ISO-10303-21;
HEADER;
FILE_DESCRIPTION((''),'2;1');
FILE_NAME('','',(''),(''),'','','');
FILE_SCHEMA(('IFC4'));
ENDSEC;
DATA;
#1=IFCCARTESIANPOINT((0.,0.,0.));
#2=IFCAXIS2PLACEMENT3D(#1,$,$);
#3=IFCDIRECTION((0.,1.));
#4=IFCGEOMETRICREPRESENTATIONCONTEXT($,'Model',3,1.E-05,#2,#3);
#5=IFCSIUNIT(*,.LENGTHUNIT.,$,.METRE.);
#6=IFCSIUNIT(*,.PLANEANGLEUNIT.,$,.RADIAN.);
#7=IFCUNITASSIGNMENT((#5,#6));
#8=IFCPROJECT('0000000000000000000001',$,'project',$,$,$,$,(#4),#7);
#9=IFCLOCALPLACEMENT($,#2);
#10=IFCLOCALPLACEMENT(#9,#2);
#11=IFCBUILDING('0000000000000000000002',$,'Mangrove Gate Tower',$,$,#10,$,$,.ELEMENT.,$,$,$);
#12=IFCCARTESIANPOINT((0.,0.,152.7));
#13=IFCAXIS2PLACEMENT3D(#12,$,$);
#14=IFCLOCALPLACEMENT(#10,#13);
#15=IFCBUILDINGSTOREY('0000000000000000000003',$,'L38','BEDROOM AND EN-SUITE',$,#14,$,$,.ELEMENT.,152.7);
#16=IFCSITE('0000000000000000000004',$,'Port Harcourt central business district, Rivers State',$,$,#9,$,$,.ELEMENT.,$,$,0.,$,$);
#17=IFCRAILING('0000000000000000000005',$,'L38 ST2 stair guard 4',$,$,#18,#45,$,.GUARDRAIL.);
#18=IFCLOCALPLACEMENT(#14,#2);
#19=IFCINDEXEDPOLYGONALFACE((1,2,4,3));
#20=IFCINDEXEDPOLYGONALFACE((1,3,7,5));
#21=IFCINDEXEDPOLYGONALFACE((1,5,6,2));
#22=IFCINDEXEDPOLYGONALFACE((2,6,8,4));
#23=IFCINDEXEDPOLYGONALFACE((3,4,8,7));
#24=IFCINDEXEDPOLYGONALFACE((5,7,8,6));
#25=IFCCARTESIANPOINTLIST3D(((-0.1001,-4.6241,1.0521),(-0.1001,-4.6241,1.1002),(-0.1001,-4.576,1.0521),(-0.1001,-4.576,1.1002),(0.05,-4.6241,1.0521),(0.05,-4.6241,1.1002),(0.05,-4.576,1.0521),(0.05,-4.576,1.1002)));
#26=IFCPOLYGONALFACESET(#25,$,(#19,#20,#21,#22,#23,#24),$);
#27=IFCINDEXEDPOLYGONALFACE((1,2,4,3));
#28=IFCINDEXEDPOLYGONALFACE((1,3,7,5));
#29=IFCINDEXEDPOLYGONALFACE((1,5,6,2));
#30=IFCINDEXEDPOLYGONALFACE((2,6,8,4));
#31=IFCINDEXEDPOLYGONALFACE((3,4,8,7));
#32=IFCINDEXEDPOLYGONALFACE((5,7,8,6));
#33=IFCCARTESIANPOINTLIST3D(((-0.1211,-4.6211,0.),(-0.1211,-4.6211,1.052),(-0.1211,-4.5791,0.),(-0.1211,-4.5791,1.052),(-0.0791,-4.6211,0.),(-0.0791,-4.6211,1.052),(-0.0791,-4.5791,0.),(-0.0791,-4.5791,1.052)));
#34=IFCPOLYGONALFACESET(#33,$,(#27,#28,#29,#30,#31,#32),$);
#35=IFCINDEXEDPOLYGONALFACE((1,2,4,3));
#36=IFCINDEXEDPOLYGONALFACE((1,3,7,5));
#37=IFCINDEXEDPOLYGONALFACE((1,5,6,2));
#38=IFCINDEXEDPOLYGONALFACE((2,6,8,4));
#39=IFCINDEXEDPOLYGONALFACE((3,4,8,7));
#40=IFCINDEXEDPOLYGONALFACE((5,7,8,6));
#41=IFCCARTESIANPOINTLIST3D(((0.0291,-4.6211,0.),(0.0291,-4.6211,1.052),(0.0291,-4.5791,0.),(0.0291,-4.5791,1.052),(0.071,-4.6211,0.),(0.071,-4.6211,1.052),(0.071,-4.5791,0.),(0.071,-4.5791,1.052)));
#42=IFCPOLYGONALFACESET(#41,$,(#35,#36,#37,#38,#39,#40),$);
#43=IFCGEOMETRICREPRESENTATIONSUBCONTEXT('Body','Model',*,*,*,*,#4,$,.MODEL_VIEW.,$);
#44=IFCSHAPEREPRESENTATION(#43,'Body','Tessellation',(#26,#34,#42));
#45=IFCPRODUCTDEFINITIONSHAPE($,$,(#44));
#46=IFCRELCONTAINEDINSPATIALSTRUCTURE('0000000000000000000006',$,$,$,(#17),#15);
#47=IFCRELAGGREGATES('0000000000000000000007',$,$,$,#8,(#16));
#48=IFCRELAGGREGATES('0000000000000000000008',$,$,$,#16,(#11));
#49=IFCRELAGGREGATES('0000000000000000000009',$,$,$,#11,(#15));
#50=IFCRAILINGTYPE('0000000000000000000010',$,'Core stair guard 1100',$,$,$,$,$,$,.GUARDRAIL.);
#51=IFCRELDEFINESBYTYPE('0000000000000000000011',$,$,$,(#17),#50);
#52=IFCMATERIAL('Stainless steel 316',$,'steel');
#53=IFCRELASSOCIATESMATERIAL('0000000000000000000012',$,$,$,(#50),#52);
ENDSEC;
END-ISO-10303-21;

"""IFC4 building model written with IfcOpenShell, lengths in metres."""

from ifc_helpers import new_model, si_unit, direction, frame, origin, origin_2d, place, context, subcontext, project, spatial, rectangle, extrude, material, type_object, element, save


model = new_model("IFC4")

# Units and contexts
model_context = context("Model", 3, precision=1e-05, world=origin(), true_north=direction((0.0, 1.0)))
body_context = subcontext(model_context, "Body", "Model", "MODEL_VIEW")
ifc_project = project(units=[si_unit("LENGTHUNIT", "METRE"), si_unit("PLANEANGLEUNIT", "RADIAN")], contexts=[model_context])

# Site, building, storey
site_placement = place(None, origin())
site = spatial("IfcSite", under=ifc_project, at=site_placement, Name="Port Harcourt central business district, Rivers State", CompositionType="ELEMENT", RefElevation=0.0)
building_placement = place(site_placement, origin())
building = spatial("IfcBuilding", under=site, at=building_placement, Name="Mangrove Gate Tower", CompositionType="ELEMENT")
storey_placement = place(building_placement, frame((0.0, 0.0, 152.7)))
storey = spatial("IfcBuildingStorey", under=building, at=storey_placement, Name="L38", Description="BEDROOM AND EN-SUITE", CompositionType="ELEMENT", Elevation=152.7)

# Railing
ifc_material_1 = material(Name="Stainless steel 316", Category="steel")
railing_type = type_object("IfcRailingType", Name="Core stair guard 1100", PredefinedType="GUARDRAIL", material=ifc_material_1)
railing_1_placement = place(storey_placement, frame((-0.1001, -4.6001, 0.0)))
element("IfcRailing", 1, at=railing_1_placement, inside=storey, type_object=railing_type, Name="L38 ST2 stair guard 4", PredefinedType="GUARDRAIL", context=body_context, shape_type="SweptSolid", body=[
    extrude(rectangle(XDim=0.0481, YDim=0.0481, at=origin_2d()), frame((0.0, 0.0, 1.0762), z_axis=(1.0, 0.0, 0.0), x_axis=(0.0, 1.0, 0.0)), (0.0, 0.0, 1.0), 0.1501),
    extrude(rectangle(XDim=0.042, YDim=0.042, at=origin_2d()), origin(), (0.0, 0.0, 1.0), 1.052),
    extrude(rectangle(XDim=0.042, YDim=0.042, at=origin_2d()), frame((0.1501, 0.0, 0.0)), (0.0, 0.0, 1.0), 1.052),
])

save(model, "model.ifc")
